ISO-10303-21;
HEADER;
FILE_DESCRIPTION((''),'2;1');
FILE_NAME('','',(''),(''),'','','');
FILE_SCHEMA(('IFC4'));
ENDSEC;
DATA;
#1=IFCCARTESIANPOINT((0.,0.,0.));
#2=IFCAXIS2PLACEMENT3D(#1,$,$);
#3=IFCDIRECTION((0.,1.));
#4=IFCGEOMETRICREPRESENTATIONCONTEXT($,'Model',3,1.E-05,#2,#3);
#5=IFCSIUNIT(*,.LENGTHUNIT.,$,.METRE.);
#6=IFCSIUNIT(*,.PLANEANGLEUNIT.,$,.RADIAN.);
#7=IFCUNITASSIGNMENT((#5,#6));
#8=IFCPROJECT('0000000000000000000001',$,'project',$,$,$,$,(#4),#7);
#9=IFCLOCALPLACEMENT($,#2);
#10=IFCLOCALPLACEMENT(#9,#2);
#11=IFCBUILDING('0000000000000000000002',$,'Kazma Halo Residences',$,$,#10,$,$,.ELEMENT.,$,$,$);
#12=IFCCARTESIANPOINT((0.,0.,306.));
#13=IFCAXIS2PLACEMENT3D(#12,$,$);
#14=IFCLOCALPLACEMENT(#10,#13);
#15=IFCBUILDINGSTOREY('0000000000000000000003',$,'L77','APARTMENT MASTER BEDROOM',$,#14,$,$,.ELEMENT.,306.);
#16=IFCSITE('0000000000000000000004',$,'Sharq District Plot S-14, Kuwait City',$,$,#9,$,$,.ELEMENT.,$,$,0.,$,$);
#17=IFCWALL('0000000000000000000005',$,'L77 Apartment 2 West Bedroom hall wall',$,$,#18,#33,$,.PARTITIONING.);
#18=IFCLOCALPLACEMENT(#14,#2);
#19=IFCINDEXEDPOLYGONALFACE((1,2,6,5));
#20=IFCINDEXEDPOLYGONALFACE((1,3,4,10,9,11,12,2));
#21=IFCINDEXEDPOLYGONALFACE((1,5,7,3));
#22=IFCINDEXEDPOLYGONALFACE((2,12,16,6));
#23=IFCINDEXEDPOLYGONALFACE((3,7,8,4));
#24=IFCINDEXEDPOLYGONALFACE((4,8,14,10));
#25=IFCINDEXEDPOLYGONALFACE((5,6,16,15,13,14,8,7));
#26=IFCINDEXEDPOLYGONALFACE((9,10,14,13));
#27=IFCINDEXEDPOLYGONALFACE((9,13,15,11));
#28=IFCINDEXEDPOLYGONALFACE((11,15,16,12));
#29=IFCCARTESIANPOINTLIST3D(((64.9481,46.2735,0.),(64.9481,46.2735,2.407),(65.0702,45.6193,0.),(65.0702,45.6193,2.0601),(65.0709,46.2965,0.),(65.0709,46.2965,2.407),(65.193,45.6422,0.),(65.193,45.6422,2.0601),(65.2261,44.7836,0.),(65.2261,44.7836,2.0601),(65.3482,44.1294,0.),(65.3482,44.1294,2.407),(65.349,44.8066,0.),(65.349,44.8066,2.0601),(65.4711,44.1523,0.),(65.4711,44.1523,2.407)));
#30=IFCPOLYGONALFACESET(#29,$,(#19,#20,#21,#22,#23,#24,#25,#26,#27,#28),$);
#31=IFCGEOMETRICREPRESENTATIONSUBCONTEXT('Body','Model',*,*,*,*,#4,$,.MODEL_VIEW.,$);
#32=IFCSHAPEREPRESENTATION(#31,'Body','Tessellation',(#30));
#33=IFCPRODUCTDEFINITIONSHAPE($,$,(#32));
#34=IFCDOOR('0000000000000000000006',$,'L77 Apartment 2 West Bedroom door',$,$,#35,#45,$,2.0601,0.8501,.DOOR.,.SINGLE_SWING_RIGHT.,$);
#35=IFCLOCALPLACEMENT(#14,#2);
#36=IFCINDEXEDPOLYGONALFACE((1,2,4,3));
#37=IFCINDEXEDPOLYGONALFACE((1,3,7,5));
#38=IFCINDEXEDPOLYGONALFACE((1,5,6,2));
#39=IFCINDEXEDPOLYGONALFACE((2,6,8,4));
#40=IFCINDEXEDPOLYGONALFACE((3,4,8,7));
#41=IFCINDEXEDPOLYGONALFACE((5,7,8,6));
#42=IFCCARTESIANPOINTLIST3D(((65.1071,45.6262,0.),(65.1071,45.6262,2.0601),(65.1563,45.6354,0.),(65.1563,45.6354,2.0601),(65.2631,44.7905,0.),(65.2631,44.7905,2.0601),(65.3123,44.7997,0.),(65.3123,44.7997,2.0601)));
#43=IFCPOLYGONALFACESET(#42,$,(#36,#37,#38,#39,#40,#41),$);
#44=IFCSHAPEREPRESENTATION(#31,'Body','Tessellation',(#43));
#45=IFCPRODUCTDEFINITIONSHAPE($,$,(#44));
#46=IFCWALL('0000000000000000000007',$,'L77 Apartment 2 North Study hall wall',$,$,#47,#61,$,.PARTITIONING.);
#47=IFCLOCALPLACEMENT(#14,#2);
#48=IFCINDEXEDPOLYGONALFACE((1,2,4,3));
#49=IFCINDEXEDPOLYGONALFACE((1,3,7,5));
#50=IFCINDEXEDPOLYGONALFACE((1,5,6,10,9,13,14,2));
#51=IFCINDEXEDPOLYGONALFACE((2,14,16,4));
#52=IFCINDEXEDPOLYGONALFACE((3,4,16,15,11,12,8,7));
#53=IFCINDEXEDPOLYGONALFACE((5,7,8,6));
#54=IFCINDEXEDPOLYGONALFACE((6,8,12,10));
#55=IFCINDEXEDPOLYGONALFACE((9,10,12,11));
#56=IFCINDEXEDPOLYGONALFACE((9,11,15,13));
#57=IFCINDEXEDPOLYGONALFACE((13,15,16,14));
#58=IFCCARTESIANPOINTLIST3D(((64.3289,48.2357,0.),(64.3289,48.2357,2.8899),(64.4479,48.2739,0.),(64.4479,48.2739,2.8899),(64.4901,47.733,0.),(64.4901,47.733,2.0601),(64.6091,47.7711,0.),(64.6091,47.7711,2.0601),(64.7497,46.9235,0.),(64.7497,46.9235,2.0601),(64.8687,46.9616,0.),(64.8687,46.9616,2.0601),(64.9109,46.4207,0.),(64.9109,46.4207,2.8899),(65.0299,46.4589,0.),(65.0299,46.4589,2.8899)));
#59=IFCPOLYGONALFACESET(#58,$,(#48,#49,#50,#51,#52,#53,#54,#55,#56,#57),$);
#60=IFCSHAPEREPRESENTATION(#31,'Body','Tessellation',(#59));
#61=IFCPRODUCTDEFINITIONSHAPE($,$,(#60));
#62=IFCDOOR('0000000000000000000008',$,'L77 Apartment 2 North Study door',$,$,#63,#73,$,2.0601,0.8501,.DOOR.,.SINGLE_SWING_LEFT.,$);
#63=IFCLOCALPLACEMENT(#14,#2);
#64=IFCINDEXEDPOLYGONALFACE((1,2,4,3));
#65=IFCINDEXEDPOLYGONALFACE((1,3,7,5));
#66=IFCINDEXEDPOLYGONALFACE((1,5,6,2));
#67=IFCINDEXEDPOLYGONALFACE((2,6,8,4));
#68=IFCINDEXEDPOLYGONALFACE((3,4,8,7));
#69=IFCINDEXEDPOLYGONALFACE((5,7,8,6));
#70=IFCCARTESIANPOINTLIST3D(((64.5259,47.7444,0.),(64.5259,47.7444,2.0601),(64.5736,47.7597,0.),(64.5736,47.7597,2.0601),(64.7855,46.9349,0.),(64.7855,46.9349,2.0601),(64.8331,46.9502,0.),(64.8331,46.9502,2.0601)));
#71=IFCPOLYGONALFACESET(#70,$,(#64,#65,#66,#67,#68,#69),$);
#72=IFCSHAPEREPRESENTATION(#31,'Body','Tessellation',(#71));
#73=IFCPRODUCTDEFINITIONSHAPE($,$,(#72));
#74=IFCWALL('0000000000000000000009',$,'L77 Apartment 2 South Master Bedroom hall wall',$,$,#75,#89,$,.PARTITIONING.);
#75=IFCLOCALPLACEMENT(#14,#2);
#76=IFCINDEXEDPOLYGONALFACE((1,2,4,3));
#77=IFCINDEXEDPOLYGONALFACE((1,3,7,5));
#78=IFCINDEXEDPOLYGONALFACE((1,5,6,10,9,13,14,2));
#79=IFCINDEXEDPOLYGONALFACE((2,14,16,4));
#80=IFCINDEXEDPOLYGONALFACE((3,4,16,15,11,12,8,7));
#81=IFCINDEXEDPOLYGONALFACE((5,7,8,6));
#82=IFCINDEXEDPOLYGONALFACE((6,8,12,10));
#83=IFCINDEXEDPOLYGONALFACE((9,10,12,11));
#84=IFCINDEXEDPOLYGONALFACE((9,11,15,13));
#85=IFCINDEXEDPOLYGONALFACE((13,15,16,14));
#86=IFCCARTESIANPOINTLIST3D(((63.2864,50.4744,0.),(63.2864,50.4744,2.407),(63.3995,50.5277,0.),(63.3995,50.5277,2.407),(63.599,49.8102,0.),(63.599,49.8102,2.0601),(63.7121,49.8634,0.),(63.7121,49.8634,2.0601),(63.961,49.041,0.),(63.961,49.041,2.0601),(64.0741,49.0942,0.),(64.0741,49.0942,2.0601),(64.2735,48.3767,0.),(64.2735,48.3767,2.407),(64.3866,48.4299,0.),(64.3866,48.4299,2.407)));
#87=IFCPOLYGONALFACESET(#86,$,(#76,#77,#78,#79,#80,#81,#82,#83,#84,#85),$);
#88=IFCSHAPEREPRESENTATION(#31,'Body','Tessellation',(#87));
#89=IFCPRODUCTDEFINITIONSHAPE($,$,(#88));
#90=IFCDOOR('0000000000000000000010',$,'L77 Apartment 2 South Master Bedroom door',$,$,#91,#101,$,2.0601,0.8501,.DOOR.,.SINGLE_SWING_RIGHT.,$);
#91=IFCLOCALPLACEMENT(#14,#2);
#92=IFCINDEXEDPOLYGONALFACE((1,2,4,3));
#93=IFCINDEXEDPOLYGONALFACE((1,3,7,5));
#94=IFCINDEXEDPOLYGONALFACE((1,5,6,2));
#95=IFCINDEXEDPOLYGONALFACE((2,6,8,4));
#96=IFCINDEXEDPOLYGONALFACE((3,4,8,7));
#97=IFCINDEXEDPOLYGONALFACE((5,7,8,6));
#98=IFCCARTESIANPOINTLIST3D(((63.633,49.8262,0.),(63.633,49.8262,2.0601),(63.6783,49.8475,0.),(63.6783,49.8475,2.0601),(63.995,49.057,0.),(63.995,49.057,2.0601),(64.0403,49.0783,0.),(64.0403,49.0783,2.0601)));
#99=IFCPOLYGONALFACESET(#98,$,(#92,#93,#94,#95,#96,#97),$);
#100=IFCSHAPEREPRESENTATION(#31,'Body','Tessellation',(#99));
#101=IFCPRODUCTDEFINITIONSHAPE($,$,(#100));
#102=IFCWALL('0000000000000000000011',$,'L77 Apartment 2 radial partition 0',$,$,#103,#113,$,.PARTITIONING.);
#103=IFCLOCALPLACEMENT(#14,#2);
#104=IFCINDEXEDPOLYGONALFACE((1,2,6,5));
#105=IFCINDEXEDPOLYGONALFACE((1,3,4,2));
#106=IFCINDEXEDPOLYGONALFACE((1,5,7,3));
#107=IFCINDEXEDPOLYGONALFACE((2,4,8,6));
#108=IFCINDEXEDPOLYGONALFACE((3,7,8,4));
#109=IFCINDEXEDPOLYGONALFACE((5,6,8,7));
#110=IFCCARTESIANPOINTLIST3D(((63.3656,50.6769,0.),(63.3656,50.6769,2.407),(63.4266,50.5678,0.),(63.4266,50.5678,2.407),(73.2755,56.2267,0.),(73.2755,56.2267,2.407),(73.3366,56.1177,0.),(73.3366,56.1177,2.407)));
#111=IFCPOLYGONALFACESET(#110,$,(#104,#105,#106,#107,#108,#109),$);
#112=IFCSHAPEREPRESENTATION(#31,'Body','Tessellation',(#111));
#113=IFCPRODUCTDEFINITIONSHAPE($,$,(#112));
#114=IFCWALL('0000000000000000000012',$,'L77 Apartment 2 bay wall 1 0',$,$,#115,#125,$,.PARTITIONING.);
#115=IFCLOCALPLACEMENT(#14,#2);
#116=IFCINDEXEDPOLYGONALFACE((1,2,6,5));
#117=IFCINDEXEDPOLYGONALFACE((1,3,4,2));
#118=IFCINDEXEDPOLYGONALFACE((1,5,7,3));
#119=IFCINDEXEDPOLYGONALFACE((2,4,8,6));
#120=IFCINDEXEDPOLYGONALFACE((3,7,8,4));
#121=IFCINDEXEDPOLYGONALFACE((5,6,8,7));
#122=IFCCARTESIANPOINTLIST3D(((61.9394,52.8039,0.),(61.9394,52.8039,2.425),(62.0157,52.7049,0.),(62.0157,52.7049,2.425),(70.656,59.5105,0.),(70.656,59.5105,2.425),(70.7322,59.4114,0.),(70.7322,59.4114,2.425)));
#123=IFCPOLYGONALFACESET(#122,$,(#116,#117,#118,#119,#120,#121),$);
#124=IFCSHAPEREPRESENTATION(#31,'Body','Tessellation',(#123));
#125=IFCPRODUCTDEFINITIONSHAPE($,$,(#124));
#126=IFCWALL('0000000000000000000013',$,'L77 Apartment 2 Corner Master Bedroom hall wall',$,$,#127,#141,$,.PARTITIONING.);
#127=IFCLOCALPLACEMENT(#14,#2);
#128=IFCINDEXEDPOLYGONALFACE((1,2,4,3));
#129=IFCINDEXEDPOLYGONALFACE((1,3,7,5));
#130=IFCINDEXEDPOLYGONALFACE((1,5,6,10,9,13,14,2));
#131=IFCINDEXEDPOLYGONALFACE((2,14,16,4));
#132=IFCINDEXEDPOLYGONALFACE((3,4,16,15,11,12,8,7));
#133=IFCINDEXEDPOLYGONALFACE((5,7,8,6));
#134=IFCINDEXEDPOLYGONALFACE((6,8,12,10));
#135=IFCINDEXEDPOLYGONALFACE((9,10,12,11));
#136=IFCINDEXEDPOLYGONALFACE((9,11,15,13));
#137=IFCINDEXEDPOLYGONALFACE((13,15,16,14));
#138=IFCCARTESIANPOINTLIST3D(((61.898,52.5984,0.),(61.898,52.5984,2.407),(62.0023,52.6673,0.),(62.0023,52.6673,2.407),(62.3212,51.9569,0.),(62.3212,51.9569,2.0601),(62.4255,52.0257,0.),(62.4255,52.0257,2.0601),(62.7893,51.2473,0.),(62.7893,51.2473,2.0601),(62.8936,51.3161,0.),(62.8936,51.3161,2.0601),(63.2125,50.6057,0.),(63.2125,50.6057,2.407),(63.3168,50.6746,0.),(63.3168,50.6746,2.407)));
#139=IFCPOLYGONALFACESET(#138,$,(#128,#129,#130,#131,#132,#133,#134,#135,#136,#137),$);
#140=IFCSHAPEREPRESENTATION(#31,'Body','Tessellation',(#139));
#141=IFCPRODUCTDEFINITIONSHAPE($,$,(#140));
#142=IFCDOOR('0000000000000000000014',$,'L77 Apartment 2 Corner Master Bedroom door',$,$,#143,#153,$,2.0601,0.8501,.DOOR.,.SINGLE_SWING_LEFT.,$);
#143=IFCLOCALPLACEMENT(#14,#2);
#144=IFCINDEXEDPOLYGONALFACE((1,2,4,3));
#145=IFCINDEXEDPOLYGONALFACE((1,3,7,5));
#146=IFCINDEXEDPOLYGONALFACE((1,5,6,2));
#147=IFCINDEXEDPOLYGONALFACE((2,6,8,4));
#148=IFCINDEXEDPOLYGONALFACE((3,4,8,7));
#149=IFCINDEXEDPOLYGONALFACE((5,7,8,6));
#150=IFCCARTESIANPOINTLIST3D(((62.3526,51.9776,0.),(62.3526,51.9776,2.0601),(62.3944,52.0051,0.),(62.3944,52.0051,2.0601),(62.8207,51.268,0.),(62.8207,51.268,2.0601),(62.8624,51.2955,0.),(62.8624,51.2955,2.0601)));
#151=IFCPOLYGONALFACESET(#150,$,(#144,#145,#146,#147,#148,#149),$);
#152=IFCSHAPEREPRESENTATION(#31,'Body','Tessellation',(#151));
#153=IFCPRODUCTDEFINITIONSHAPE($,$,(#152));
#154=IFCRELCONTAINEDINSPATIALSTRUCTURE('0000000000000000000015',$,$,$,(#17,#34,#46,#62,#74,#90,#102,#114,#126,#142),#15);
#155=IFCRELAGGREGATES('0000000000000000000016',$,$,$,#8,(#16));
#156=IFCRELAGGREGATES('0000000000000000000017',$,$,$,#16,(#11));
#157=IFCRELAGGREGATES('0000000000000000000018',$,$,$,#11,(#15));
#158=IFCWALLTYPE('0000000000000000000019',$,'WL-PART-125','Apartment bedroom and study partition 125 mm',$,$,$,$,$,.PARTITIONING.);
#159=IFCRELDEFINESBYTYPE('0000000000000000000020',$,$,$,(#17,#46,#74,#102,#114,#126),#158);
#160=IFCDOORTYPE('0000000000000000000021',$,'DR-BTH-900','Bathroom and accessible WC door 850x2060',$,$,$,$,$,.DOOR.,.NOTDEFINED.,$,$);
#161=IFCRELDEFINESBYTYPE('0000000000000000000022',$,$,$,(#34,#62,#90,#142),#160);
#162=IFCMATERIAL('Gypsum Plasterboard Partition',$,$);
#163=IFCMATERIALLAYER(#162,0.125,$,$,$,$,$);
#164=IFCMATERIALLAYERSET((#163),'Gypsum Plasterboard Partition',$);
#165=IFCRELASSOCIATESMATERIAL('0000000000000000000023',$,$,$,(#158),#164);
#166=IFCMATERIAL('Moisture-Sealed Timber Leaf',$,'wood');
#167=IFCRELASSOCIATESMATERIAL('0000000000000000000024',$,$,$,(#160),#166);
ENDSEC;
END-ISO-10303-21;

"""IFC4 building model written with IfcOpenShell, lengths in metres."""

from ifc_helpers import new_model, si_unit, direction, frame, frame_2d, origin, place, context, subcontext, project, spatial, rectangle, extrude, material, layer, layer_set, type_object, element, fill, save


model = new_model("IFC4")

# Units and contexts
model_context = context("Model", 3, precision=1e-05, world=origin(), true_north=direction((0.0, 1.0)))
body_context = subcontext(model_context, "Body", "Model", "MODEL_VIEW")
ifc_project = project(units=[si_unit("LENGTHUNIT", "METRE"), si_unit("PLANEANGLEUNIT", "RADIAN")], contexts=[model_context])

# Site, building, storey
site_placement = place(None, origin())
site = spatial("IfcSite", under=ifc_project, at=site_placement, Name="Sharq District Plot S-14, Kuwait City", CompositionType="ELEMENT", RefElevation=0.0)
building_placement = place(site_placement, origin())
building = spatial("IfcBuilding", under=site, at=building_placement, Name="Kazma Halo Residences", CompositionType="ELEMENT")
storey_placement = place(building_placement, frame((0.0, 0.0, 306.0)))
storey = spatial("IfcBuildingStorey", under=building, at=storey_placement, Name="L77", Description="APARTMENT MASTER BEDROOM", CompositionType="ELEMENT", Elevation=306.0)

# Shared definitions
ifc_material_1 = material(Name="Gypsum Plasterboard Partition")
ifc_layer_1 = layer(ifc_material_1, 0.125)
ifc_layer_set_1 = layer_set([ifc_layer_1], Name="Gypsum Plasterboard Partition")
wall_type_1 = type_object("IfcWallType", Name="WL-PART-125", Description="Apartment bedroom and study partition 125 mm", PredefinedType="PARTITIONING", material=ifc_layer_set_1)

# Walls, openings, doors
wall_1_placement = place(storey_placement, frame((65.4097, 44.1409, 0.0), z_axis=(0.0, 0.0, 1.0), x_axis=(-0.183464, 0.983026, 0.0)))
wall_1 = element("IfcWall", 1, at=wall_1_placement, inside=storey, type_object=wall_type_1, Name="L77 Apartment 2 West Bedroom hall wall", PredefinedType="PARTITIONING", context=body_context, shape_type="SweptSolid", body=[
    extrude(rectangle(XDim=2.1812, YDim=0.125, at=frame_2d((1.0906, 0.0))), origin(), (0.0, 0.0, 1.0), 2.407),
])
opening_1_placement = place(wall_1_placement, frame((0.6655, 0.0, 0.0)))
opening_1 = element("IfcOpeningElement", 2, at=opening_1_placement, cuts=wall_1, PredefinedType="OPENING", context=body_context, shape_type="SweptSolid", body=[
    extrude(rectangle(XDim=0.8501, YDim=2.0601, at=frame_2d((0.425, 1.03))), frame((0.0, 0.0725, 0.0), z_axis=(0.0, -1.0, 0.0), x_axis=(1.0, 0.0, 0.0)), (0.0, 0.0, 1.0), 0.145),
])
ifc_material_2 = material(Name="Moisture-Sealed Timber Leaf", Category="wood")
door_type = type_object("IfcDoorType", Name="DR-BTH-900", Description="Bathroom and accessible WC door 850x2060", OperationType="NOTDEFINED", PredefinedType="DOOR", material=ifc_material_2)
door_1_placement = place(opening_1_placement, origin())
door_1 = element("IfcDoor", 3, at=door_1_placement, inside=storey, type_object=door_type, Name="L77 Apartment 2 West Bedroom door", OperationType="SINGLE_SWING_RIGHT", OverallHeight=2.0601, OverallWidth=0.8501, PredefinedType="DOOR", context=body_context, shape_type="SweptSolid", body=[
    extrude(rectangle(XDim=0.8501, YDim=2.0601, at=frame_2d((0.425, 1.03))), frame((0.0, 0.0249, 0.0), z_axis=(0.0, -1.0, 0.0), x_axis=(1.0, 0.0, 0.0)), (0.0, 0.0, 1.0), 0.05),
])
fill(opening_1, door_1)
wall_2_placement = place(storey_placement, frame((64.9705, 46.4397, 0.0), z_axis=(0.0, 0.0, 1.0), x_axis=(-0.305371, 0.952234, 0.0)))
wall_2 = element("IfcWall", 4, at=wall_2_placement, inside=storey, type_object=wall_type_1, Name="L77 Apartment 2 North Study hall wall", PredefinedType="PARTITIONING", context=body_context, shape_type="SweptSolid", body=[
    extrude(rectangle(XDim=1.906, YDim=0.125, at=frame_2d((0.9531, 0.0))), origin(), (0.0, 0.0, 1.0), 2.8899),
])
opening_2_placement = place(wall_2_placement, frame((0.5281, 0.0, 0.0)))
opening_2 = element("IfcOpeningElement", 5, at=opening_2_placement, cuts=wall_2, PredefinedType="OPENING", context=body_context, shape_type="SweptSolid", body=[
    extrude(rectangle(XDim=0.8501, YDim=2.0601, at=frame_2d((0.425, 1.03))), frame((0.0, 0.0725, 0.0), z_axis=(0.0, -1.0, 0.0), x_axis=(1.0, 0.0, 0.0)), (0.0, 0.0, 1.0), 0.145),
])
door_2_placement = place(opening_2_placement, origin())
door_2 = element("IfcDoor", 6, at=door_2_placement, inside=storey, type_object=door_type, Name="L77 Apartment 2 North Study door", OperationType="SINGLE_SWING_LEFT", OverallHeight=2.0601, OverallWidth=0.8501, PredefinedType="DOOR", context=body_context, shape_type="SweptSolid", body=[
    extrude(rectangle(XDim=0.8501, YDim=2.0601, at=frame_2d((0.425, 1.03))), frame((0.0, 0.0249, 0.0), z_axis=(0.0, -1.0, 0.0), x_axis=(1.0, 0.0, 0.0)), (0.0, 0.0, 1.0), 0.05),
])
fill(opening_2, door_2)
wall_3_placement = place(storey_placement, frame((64.3301, 48.4033, 0.0), z_axis=(0.0, 0.0, 1.0), x_axis=(-0.425772, 0.904831, 0.0)))
wall_3 = element("IfcWall", 7, at=wall_3_placement, inside=storey, type_object=wall_type_1, Name="L77 Apartment 2 South Master Bedroom hall wall", PredefinedType="PARTITIONING", context=body_context, shape_type="SweptSolid", body=[
    extrude(rectangle(XDim=2.3184, YDim=0.125, at=frame_2d((1.1592, 0.0))), origin(), (0.0, 0.0, 1.0), 2.407),
])
opening_3_placement = place(wall_3_placement, frame((0.7341, 0.0, 0.0)))
opening_3 = element("IfcOpeningElement", 8, at=opening_3_placement, cuts=wall_3, PredefinedType="OPENING", context=body_context, shape_type="SweptSolid", body=[
    extrude(rectangle(XDim=0.8501, YDim=2.0601, at=frame_2d((0.425, 1.03))), frame((0.0, 0.0725, 0.0), z_axis=(0.0, -1.0, 0.0), x_axis=(1.0, 0.0, 0.0)), (0.0, 0.0, 1.0), 0.145),
])
door_3_placement = place(opening_3_placement, origin())
door_3 = element("IfcDoor", 9, at=door_3_placement, inside=storey, type_object=door_type, Name="L77 Apartment 2 South Master Bedroom door", OperationType="SINGLE_SWING_RIGHT", OverallHeight=2.0601, OverallWidth=0.8501, PredefinedType="DOOR", context=body_context, shape_type="SweptSolid", body=[
    extrude(rectangle(XDim=0.8501, YDim=2.0601, at=frame_2d((0.425, 1.03))), frame((0.0, 0.0249, 0.0), z_axis=(0.0, -1.0, 0.0), x_axis=(1.0, 0.0, 0.0)), (0.0, 0.0, 1.0), 0.05),
])
fill(opening_3, door_3)

# Walls
wall_4_placement = place(storey_placement, frame((63.396, 50.6223, 0.0), z_axis=(0.0, 0.0, 1.0), x_axis=(0.872496, 0.48862, 0.0)))
element("IfcWall", 10, at=wall_4_placement, inside=storey, type_object=wall_type_1, Name="L77 Apartment 2 radial partition 0", PredefinedType="PARTITIONING", context=body_context, shape_type="SweptSolid", body=[
    extrude(rectangle(XDim=11.3582, YDim=0.125, at=frame_2d((5.6792, 0.0))), origin(), (0.0, 0.0, 1.0), 2.407),
])
wall_5_placement = place(storey_placement, frame((61.9775, 52.7544, 0.0), z_axis=(0.0, 0.0, 1.0), x_axis=(0.792558, 0.609797, 0.0)))
element("IfcWall", 11, at=wall_5_placement, inside=storey, type_object=wall_type_1, Name="L77 Apartment 2 bay wall 1 0", PredefinedType="PARTITIONING", context=body_context, shape_type="SweptSolid", body=[
    extrude(rectangle(XDim=10.998, YDim=0.125, at=frame_2d((5.499, 0.0))), origin(), (0.0, 0.0, 1.0), 2.425),
])

# Wall, opening, door
wall_6_placement = place(storey_placement, frame((63.2646, 50.6401, 0.0), z_axis=(0.0, 0.0, 1.0), x_axis=(-0.550634, 0.834747, 0.0)))
wall_6 = element("IfcWall", 12, at=wall_6_placement, inside=storey, type_object=wall_type_1, Name="L77 Apartment 2 Corner Master Bedroom hall wall", PredefinedType="PARTITIONING", context=body_context, shape_type="SweptSolid", body=[
    extrude(rectangle(XDim=2.3872, YDim=0.125, at=frame_2d((1.1936, 0.0))), origin(), (0.0, 0.0, 1.0), 2.407),
])
opening_4_placement = place(wall_6_placement, frame((0.7686, 0.0, 0.0)))
opening_4 = element("IfcOpeningElement", 13, at=opening_4_placement, cuts=wall_6, PredefinedType="OPENING", context=body_context, shape_type="SweptSolid", body=[
    extrude(rectangle(XDim=0.8501, YDim=2.0601, at=frame_2d((0.425, 1.03))), frame((0.0, 0.0725, 0.0), z_axis=(0.0, -1.0, 0.0), x_axis=(1.0, 0.0, 0.0)), (0.0, 0.0, 1.0), 0.145),
])
door_4_placement = place(opening_4_placement, origin())
door_4 = element("IfcDoor", 14, at=door_4_placement, inside=storey, type_object=door_type, Name="L77 Apartment 2 Corner Master Bedroom door", OperationType="SINGLE_SWING_LEFT", OverallHeight=2.0601, OverallWidth=0.8501, PredefinedType="DOOR", context=body_context, shape_type="SweptSolid", body=[
    extrude(rectangle(XDim=0.8501, YDim=2.0601, at=frame_2d((0.425, 1.03))), frame((0.0, 0.0249, 0.0), z_axis=(0.0, -1.0, 0.0), x_axis=(1.0, 0.0, 0.0)), (0.0, 0.0, 1.0), 0.05),
])
fill(opening_4, door_4)

save(model, "model.ifc")
